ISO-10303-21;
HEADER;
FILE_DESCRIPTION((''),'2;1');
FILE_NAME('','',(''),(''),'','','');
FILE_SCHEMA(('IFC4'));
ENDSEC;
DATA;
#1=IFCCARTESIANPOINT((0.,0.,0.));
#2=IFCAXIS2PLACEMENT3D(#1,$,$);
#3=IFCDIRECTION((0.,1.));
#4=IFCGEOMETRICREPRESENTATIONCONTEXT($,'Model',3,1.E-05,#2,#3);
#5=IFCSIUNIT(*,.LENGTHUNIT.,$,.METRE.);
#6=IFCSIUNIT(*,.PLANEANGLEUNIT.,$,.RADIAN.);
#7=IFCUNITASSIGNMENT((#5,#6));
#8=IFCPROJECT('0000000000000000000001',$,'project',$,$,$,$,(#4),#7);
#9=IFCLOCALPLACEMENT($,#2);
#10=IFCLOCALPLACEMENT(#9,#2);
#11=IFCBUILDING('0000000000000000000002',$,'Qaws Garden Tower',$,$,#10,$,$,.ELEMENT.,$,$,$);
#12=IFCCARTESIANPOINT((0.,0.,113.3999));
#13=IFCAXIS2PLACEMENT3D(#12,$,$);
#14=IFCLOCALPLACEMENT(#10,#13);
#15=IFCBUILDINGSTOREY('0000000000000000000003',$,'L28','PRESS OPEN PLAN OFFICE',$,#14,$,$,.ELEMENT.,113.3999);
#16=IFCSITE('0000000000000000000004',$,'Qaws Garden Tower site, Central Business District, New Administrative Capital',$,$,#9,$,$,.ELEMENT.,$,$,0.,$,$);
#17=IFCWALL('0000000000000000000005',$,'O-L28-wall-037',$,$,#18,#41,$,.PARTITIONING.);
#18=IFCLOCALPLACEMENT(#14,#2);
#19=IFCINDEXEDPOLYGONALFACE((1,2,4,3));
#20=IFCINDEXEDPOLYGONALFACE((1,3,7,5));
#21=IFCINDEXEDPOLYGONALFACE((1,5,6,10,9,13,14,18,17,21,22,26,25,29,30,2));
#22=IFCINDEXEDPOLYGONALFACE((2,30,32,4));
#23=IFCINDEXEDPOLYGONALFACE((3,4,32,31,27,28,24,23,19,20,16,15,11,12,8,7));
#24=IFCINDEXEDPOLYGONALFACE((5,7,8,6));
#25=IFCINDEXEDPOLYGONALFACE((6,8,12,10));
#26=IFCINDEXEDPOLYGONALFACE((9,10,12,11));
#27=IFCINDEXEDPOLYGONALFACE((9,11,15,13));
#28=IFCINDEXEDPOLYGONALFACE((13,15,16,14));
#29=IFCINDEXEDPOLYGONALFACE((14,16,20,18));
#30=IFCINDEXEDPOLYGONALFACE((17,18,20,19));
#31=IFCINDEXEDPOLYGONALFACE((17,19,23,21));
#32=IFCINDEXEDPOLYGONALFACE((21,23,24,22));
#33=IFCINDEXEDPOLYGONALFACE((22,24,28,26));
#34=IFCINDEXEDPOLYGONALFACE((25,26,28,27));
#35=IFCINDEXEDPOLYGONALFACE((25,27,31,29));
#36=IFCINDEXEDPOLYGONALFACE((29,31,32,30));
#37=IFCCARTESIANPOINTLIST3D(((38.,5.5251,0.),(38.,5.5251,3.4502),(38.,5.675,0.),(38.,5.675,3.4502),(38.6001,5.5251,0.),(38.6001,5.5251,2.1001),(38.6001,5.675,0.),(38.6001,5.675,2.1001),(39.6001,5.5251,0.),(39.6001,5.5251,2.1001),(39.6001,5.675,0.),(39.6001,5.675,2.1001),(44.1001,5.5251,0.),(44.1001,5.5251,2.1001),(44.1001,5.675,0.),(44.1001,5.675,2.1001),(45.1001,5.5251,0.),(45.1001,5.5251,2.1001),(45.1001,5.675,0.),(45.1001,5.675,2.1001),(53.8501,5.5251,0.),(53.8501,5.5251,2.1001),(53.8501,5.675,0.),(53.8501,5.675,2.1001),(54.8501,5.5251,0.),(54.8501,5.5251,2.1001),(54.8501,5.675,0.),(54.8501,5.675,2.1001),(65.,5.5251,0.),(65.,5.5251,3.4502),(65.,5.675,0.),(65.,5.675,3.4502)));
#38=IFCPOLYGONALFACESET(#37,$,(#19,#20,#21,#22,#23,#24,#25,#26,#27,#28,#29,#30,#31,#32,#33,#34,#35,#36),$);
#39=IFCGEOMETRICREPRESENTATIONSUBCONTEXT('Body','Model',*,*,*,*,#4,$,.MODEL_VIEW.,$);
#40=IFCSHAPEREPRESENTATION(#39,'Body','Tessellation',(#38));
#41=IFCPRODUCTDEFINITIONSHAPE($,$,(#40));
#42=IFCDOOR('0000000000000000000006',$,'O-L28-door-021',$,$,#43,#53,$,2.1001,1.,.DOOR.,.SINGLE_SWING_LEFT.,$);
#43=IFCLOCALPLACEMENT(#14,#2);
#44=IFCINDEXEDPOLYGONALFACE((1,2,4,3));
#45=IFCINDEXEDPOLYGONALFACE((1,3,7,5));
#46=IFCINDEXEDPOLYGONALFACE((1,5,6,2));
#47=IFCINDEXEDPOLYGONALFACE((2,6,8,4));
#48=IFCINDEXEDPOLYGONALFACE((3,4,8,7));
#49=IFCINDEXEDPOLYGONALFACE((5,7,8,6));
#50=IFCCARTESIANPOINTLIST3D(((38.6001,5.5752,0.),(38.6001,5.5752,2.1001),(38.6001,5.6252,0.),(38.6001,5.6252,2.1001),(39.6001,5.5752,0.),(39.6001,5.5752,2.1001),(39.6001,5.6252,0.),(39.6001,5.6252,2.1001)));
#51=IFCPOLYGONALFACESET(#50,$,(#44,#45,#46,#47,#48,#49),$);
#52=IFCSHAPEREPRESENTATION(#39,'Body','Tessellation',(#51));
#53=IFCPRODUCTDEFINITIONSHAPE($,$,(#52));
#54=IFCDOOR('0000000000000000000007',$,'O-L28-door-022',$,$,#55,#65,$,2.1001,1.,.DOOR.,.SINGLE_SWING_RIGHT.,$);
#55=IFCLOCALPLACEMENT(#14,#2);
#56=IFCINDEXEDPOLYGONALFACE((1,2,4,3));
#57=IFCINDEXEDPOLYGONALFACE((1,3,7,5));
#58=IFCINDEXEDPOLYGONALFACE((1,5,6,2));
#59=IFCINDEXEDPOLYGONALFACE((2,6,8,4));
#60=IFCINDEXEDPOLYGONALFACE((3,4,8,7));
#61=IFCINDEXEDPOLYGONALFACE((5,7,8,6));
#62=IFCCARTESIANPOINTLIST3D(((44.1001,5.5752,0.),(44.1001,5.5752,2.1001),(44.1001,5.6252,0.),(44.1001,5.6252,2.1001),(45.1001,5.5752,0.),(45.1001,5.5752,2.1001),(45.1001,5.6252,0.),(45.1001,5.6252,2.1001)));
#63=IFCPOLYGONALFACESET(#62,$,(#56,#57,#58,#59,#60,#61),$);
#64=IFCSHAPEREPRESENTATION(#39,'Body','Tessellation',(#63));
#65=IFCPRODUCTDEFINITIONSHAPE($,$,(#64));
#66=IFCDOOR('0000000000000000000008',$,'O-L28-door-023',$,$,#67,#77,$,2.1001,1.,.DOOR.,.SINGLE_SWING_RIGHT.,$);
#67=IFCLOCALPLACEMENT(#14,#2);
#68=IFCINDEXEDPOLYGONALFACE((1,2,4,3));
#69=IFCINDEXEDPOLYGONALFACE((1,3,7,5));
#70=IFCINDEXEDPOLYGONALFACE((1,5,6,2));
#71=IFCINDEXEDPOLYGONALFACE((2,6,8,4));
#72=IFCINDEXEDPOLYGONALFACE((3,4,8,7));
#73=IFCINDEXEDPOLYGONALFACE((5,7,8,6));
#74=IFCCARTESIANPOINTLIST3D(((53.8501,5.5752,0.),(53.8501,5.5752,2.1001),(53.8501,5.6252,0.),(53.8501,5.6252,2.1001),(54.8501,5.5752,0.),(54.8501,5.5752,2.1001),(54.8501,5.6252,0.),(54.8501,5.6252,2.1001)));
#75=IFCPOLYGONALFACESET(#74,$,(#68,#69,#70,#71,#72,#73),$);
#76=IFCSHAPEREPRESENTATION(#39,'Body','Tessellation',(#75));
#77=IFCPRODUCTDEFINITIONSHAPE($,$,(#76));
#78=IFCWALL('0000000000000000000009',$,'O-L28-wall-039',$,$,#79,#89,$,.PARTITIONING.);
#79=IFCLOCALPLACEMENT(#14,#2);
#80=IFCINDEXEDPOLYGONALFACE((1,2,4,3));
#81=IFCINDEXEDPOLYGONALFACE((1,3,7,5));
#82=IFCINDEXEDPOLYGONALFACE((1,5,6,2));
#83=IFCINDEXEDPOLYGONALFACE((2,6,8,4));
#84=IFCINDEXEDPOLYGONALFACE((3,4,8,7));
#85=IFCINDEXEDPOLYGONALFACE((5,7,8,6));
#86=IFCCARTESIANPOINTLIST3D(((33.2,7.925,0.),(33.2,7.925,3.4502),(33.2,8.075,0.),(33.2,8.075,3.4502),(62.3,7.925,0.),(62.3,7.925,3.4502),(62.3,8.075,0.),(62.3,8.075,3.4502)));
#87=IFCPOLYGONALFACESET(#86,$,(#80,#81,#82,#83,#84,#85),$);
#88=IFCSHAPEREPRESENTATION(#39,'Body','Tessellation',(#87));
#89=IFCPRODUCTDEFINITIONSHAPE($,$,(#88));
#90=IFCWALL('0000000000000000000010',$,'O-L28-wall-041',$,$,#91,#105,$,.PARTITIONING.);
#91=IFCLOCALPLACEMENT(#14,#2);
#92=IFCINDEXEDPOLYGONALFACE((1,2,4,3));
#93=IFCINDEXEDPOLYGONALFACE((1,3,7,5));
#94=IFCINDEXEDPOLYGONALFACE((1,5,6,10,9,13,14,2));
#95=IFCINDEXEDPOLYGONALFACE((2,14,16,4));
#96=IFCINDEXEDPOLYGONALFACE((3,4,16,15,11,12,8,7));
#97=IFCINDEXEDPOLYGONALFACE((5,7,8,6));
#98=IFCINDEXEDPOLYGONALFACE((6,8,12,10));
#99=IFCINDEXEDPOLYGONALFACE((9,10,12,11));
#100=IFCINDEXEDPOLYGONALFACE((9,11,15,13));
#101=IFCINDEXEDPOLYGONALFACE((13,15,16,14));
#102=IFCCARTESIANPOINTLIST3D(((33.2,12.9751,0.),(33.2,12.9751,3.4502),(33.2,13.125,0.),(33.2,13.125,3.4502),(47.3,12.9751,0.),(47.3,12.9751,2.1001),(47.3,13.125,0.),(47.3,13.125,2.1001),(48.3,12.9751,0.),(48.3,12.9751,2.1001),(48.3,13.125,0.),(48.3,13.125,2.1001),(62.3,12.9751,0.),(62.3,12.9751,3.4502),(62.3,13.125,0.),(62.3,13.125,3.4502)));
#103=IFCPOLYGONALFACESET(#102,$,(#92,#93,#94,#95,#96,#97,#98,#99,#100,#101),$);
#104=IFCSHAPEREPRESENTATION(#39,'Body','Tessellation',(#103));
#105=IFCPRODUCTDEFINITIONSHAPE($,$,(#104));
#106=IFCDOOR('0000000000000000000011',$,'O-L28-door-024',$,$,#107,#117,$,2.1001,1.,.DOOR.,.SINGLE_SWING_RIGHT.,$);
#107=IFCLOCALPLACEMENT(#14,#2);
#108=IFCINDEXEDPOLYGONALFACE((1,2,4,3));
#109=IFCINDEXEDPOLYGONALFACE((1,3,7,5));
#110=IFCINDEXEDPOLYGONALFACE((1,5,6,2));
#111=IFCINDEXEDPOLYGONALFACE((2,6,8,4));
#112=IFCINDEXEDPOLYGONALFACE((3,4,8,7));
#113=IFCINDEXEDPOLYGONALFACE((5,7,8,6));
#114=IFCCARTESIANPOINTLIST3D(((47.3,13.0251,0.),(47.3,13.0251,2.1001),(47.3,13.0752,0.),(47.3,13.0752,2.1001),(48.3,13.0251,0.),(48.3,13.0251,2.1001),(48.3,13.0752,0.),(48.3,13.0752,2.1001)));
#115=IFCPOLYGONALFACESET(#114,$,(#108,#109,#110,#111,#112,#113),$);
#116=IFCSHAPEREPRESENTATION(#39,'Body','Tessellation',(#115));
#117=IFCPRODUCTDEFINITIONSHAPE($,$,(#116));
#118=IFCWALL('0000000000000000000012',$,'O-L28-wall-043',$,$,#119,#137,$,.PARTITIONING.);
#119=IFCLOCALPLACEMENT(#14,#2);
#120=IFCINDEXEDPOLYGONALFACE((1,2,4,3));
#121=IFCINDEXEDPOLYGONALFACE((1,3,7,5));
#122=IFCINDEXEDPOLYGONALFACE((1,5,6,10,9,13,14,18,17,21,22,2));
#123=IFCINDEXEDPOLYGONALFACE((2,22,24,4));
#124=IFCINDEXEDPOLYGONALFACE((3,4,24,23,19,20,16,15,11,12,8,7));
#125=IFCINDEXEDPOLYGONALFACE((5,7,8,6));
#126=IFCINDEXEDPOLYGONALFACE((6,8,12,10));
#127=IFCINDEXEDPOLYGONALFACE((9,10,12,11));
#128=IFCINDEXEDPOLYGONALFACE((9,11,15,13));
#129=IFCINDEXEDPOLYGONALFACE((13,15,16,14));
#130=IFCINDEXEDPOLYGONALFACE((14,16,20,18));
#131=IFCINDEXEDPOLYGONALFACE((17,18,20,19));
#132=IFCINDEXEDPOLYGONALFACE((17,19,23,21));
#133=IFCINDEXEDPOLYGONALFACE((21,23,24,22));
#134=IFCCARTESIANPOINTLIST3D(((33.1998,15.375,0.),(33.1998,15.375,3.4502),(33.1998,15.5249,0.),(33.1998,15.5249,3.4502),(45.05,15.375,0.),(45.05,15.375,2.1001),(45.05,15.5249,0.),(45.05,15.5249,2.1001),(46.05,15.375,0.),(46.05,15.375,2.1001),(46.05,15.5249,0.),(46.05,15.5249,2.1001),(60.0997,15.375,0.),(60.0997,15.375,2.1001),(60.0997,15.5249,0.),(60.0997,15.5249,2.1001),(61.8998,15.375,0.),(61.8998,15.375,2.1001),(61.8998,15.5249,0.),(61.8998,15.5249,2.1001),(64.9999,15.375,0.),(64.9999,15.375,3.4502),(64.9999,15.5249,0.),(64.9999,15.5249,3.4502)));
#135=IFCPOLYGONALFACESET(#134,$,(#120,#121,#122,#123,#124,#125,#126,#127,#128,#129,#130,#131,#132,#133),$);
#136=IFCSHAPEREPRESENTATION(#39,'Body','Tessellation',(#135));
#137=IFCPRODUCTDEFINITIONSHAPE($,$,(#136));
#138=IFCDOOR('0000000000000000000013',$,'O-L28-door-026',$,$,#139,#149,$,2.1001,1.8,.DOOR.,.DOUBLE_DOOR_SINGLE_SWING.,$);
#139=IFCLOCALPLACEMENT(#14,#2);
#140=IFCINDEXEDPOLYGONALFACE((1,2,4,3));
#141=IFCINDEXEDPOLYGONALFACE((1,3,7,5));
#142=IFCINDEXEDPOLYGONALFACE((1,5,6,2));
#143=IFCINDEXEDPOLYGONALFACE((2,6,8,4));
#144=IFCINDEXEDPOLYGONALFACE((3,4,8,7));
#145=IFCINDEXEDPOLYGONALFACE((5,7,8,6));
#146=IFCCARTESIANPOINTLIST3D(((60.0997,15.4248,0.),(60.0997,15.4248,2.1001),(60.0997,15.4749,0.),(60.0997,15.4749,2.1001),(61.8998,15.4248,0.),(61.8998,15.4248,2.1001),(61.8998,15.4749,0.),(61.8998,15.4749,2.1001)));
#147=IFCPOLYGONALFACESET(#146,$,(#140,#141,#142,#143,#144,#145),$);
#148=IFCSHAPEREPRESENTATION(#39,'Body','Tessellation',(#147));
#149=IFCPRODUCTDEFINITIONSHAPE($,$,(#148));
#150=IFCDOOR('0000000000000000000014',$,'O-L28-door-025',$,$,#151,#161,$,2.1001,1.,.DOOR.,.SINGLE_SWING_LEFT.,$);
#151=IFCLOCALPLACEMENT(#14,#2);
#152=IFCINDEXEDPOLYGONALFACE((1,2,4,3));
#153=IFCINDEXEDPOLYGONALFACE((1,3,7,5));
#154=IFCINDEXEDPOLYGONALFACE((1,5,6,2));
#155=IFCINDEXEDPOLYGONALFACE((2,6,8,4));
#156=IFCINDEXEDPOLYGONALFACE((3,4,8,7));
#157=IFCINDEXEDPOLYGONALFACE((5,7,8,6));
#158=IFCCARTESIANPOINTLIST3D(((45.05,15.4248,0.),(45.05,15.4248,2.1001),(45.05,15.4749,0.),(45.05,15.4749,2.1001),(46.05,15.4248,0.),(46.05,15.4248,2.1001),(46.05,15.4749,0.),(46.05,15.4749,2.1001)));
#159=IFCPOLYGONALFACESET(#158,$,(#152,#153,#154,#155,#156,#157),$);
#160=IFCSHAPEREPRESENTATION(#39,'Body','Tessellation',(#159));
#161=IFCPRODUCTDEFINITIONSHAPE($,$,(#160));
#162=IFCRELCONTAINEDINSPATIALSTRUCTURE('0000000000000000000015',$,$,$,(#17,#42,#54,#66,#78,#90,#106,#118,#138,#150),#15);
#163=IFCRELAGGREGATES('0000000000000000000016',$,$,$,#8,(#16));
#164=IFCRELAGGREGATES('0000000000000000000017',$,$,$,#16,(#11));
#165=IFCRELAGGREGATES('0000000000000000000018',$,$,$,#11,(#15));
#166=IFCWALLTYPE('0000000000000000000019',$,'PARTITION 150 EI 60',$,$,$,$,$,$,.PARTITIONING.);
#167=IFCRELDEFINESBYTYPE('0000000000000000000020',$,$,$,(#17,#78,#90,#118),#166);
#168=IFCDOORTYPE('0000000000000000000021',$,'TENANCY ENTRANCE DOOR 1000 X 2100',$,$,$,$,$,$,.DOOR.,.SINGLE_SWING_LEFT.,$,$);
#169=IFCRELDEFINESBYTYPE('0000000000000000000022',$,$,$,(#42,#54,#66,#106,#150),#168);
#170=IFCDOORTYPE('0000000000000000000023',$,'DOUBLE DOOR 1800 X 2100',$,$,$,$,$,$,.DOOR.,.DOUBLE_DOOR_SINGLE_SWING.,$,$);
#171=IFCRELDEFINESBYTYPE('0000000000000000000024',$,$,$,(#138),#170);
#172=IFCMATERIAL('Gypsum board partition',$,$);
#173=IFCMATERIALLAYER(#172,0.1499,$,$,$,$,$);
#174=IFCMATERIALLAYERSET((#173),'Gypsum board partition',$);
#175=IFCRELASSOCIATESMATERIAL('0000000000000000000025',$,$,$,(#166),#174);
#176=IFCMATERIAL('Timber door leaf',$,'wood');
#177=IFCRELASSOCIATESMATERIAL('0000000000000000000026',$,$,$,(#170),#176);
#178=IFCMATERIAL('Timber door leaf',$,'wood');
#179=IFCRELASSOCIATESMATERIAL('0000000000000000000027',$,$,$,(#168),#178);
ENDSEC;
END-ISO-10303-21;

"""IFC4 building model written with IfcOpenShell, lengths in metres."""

from ifc_helpers import new_model, si_unit, direction, frame, frame_2d, origin, place, context, subcontext, project, spatial, rectangle, extrude, material, layer, layer_set, type_object, element, fill, save


model = new_model("IFC4")

# Units and contexts
model_context = context("Model", 3, precision=1e-05, world=origin(), true_north=direction((0.0, 1.0)))
body_context = subcontext(model_context, "Body", "Model", "MODEL_VIEW")
ifc_project = project(units=[si_unit("LENGTHUNIT", "METRE"), si_unit("PLANEANGLEUNIT", "RADIAN")], contexts=[model_context])

# Site, building, storey
site_placement = place(None, origin())
site = spatial("IfcSite", under=ifc_project, at=site_placement, Name="Qaws Garden Tower site, Central Business District, New Administrative Capital", CompositionType="ELEMENT", RefElevation=0.0)
building_placement = place(site_placement, origin())
building = spatial("IfcBuilding", under=site, at=building_placement, Name="Qaws Garden Tower", CompositionType="ELEMENT")
storey_placement = place(building_placement, frame((0.0, 0.0, 113.3999)))
storey = spatial("IfcBuildingStorey", under=building, at=storey_placement, Name="L28", Description="PRESS OPEN PLAN OFFICE", CompositionType="ELEMENT", Elevation=113.3999)

# Shared definitions
ifc_material_1 = material(Name="Gypsum board partition")
ifc_layer_1 = layer(ifc_material_1, 0.1499)
ifc_layer_set_1 = layer_set([ifc_layer_1], Name="Gypsum board partition")
wall_type_1 = type_object("IfcWallType", Name="PARTITION 150 EI 60", PredefinedType="PARTITIONING", material=ifc_layer_set_1)

# Shared definitions
ifc_material_2 = material(Name="Timber door leaf", Category="wood")
door_type_1 = type_object("IfcDoorType", Name="DOUBLE DOOR 1800 X 2100", OperationType="DOUBLE_DOOR_SINGLE_SWING", PredefinedType="DOOR", material=ifc_material_2)

# Wall, openings, doors
wall_1_placement = place(storey_placement, frame((38.0, 5.6001, 0.0), z_axis=(0.0, 0.0, 1.0), x_axis=(1.0, 0.0, 0.0)))
wall_1 = element("IfcWall", 1, at=wall_1_placement, inside=storey, type_object=wall_type_1, Name="O-L28-wall-037", PredefinedType="PARTITIONING", context=body_context, shape_type="SweptSolid", body=[
    extrude(rectangle(XDim=27.0, YDim=0.1499, at=frame_2d((13.5, 0.0))), origin(), (0.0, 0.0, 1.0), 3.4502),
])
opening_1_placement = place(wall_1_placement, frame((0.6001, 0.0, 0.0)))
opening_1 = element("IfcOpeningElement", 2, at=opening_1_placement, cuts=wall_1, PredefinedType="OPENING", context=body_context, shape_type="SweptSolid", body=[
    extrude(rectangle(XDim=1.0, YDim=2.1001, at=frame_2d((0.5, 1.05))), frame((0.0, 0.085, 0.0), z_axis=(0.0, -1.0, 0.0), x_axis=(1.0, 0.0, 0.0)), (0.0, 0.0, 1.0), 0.1699),
])
opening_2_placement = place(wall_1_placement, frame((6.1001, 0.0, 0.0)))
opening_2 = element("IfcOpeningElement", 3, at=opening_2_placement, cuts=wall_1, PredefinedType="OPENING", context=body_context, shape_type="SweptSolid", body=[
    extrude(rectangle(XDim=1.0, YDim=2.1001, at=frame_2d((0.5, 1.05))), frame((0.0, 0.085, 0.0), z_axis=(0.0, -1.0, 0.0), x_axis=(1.0, 0.0, 0.0)), (0.0, 0.0, 1.0), 0.1699),
])
opening_3_placement = place(wall_1_placement, frame((15.8501, 0.0, 0.0)))
opening_3 = element("IfcOpeningElement", 4, at=opening_3_placement, cuts=wall_1, PredefinedType="OPENING", context=body_context, shape_type="SweptSolid", body=[
    extrude(rectangle(XDim=1.0, YDim=2.1001, at=frame_2d((0.5, 1.05))), frame((0.0, 0.085, 0.0), z_axis=(0.0, -1.0, 0.0), x_axis=(1.0, 0.0, 0.0)), (0.0, 0.0, 1.0), 0.1699),
])
ifc_material_3 = material(Name="Timber door leaf", Category="wood")
door_type_2 = type_object("IfcDoorType", Name="TENANCY ENTRANCE DOOR 1000 X 2100", OperationType="SINGLE_SWING_LEFT", PredefinedType="DOOR", material=ifc_material_3)
door_1_placement = place(opening_1_placement, frame((1.0, 0.0, 0.0), z_axis=(0.0, 0.0, 1.0), x_axis=(-1.0, 0.0, 0.0)))
door_1 = element("IfcDoor", 5, at=door_1_placement, inside=storey, type_object=door_type_2, Name="O-L28-door-021", OperationType="SINGLE_SWING_LEFT", OverallHeight=2.1001, OverallWidth=1.0, PredefinedType="DOOR", context=body_context, shape_type="SweptSolid", body=[
    extrude(rectangle(XDim=1.0, YDim=2.1001, at=frame_2d((0.5, 1.05))), frame((0.0, 0.0249, 0.0), z_axis=(0.0, -1.0, 0.0), x_axis=(1.0, 0.0, 0.0)), (0.0, 0.0, 1.0), 0.05),
])
fill(opening_1, door_1)
door_2_placement = place(opening_2_placement, frame((1.0, 0.0, 0.0), z_axis=(0.0, 0.0, 1.0), x_axis=(-1.0, 0.0, 0.0)))
door_2 = element("IfcDoor", 6, at=door_2_placement, inside=storey, type_object=door_type_2, Name="O-L28-door-022", OperationType="SINGLE_SWING_RIGHT", OverallHeight=2.1001, OverallWidth=1.0, PredefinedType="DOOR", context=body_context, shape_type="SweptSolid", body=[
    extrude(rectangle(XDim=1.0, YDim=2.1001, at=frame_2d((0.5, 1.05))), frame((0.0, 0.0249, 0.0), z_axis=(0.0, -1.0, 0.0), x_axis=(1.0, 0.0, 0.0)), (0.0, 0.0, 1.0), 0.05),
])
fill(opening_2, door_2)
door_3_placement = place(opening_3_placement, frame((1.0, 0.0, 0.0), z_axis=(0.0, 0.0, 1.0), x_axis=(-1.0, 0.0, 0.0)))
door_3 = element("IfcDoor", 7, at=door_3_placement, inside=storey, type_object=door_type_2, Name="O-L28-door-023", OperationType="SINGLE_SWING_RIGHT", OverallHeight=2.1001, OverallWidth=1.0, PredefinedType="DOOR", context=body_context, shape_type="SweptSolid", body=[
    extrude(rectangle(XDim=1.0, YDim=2.1001, at=frame_2d((0.5, 1.05))), frame((0.0, 0.0249, 0.0), z_axis=(0.0, -1.0, 0.0), x_axis=(1.0, 0.0, 0.0)), (0.0, 0.0, 1.0), 0.05),
])
fill(opening_3, door_3)

# Wall
wall_2_placement = place(storey_placement, frame((33.2, 8.0, 0.0), z_axis=(0.0, 0.0, 1.0), x_axis=(1.0, 0.0, 0.0)))
element("IfcWall", 8, at=wall_2_placement, inside=storey, type_object=wall_type_1, Name="O-L28-wall-039", PredefinedType="PARTITIONING", context=body_context, shape_type="SweptSolid", body=[
    extrude(rectangle(XDim=29.1001, YDim=0.1499, at=frame_2d((14.55, 0.0))), origin(), (0.0, 0.0, 1.0), 3.4502),
])

# Wall, opening, door
wall_3_placement = place(storey_placement, frame((33.2, 13.05, 0.0), z_axis=(0.0, 0.0, 1.0), x_axis=(1.0, 0.0, 0.0)))
wall_3 = element("IfcWall", 9, at=wall_3_placement, inside=storey, type_object=wall_type_1, Name="O-L28-wall-041", PredefinedType="PARTITIONING", context=body_context, shape_type="SweptSolid", body=[
    extrude(rectangle(XDim=29.1001, YDim=0.1499, at=frame_2d((14.55, 0.0))), origin(), (0.0, 0.0, 1.0), 3.4502),
])
opening_4_placement = place(wall_3_placement, frame((14.1001, 0.0, 0.0)))
opening_4 = element("IfcOpeningElement", 10, at=opening_4_placement, cuts=wall_3, PredefinedType="OPENING", context=body_context, shape_type="SweptSolid", body=[
    extrude(rectangle(XDim=1.0, YDim=2.1001, at=frame_2d((0.5, 1.05))), frame((0.0, 0.085, 0.0), z_axis=(0.0, -1.0, 0.0), x_axis=(1.0, 0.0, 0.0)), (0.0, 0.0, 1.0), 0.1699),
])
door_4_placement = place(opening_4_placement, frame((1.0, 0.0, 0.0), z_axis=(0.0, 0.0, 1.0), x_axis=(-1.0, 0.0, 0.0)))
door_4 = element("IfcDoor", 11, at=door_4_placement, inside=storey, type_object=door_type_2, Name="O-L28-door-024", OperationType="SINGLE_SWING_RIGHT", OverallHeight=2.1001, OverallWidth=1.0, PredefinedType="DOOR", context=body_context, shape_type="SweptSolid", body=[
    extrude(rectangle(XDim=1.0, YDim=2.1001, at=frame_2d((0.5, 1.05))), frame((0.0, 0.0249, 0.0), z_axis=(0.0, -1.0, 0.0), x_axis=(1.0, 0.0, 0.0)), (0.0, 0.0, 1.0), 0.05),
])
fill(opening_4, door_4)

# Wall, openings, doors
wall_4_placement = place(storey_placement, frame((33.2, 15.45, 0.0), z_axis=(0.0, 0.0, 1.0), x_axis=(1.0, 0.0, 0.0)))
wall_4 = element("IfcWall", 12, at=wall_4_placement, inside=storey, type_object=wall_type_1, Name="O-L28-wall-043", PredefinedType="PARTITIONING", context=body_context, shape_type="SweptSolid", body=[
    extrude(rectangle(XDim=31.8, YDim=0.1499, at=frame_2d((15.8999, 0.0))), origin(), (0.0, 0.0, 1.0), 3.4502),
])
opening_5_placement = place(wall_4_placement, frame((11.8501, 0.0, 0.0)))
opening_5 = element("IfcOpeningElement", 13, at=opening_5_placement, cuts=wall_4, PredefinedType="OPENING", context=body_context, shape_type="SweptSolid", body=[
    extrude(rectangle(XDim=1.0, YDim=2.1001, at=frame_2d((0.5, 1.05))), frame((0.0, 0.085, 0.0), z_axis=(0.0, -1.0, 0.0), x_axis=(1.0, 0.0, 0.0)), (0.0, 0.0, 1.0), 0.1699),
])
opening_6_placement = place(wall_4_placement, frame((26.8999, 0.0, 0.0)))
opening_6 = element("IfcOpeningElement", 14, at=opening_6_placement, cuts=wall_4, PredefinedType="OPENING", context=body_context, shape_type="SweptSolid", body=[
    extrude(rectangle(XDim=1.8, YDim=2.1001, at=frame_2d((0.8999, 1.05))), frame((0.0, 0.085, 0.0), z_axis=(0.0, -1.0, 0.0), x_axis=(1.0, 0.0, 0.0)), (0.0, 0.0, 1.0), 0.1699),
])
door_5_placement = place(opening_6_placement, origin())
door_5 = element("IfcDoor", 15, at=door_5_placement, inside=storey, type_object=door_type_1, Name="O-L28-door-026", OperationType="DOUBLE_DOOR_SINGLE_SWING", OverallHeight=2.1001, OverallWidth=1.8, PredefinedType="DOOR", context=body_context, shape_type="SweptSolid", body=[
    extrude(rectangle(XDim=1.8, YDim=2.1001, at=frame_2d((0.8999, 1.05))), frame((0.0, 0.0249, 0.0), z_axis=(0.0, -1.0, 0.0), x_axis=(1.0, 0.0, 0.0)), (0.0, 0.0, 1.0), 0.05),
])
fill(opening_6, door_5)
door_6_placement = place(opening_5_placement, origin())
door_6 = element("IfcDoor", 16, at=door_6_placement, inside=storey, type_object=door_type_2, Name="O-L28-door-025", OperationType="SINGLE_SWING_LEFT", OverallHeight=2.1001, OverallWidth=1.0, PredefinedType="DOOR", context=body_context, shape_type="SweptSolid", body=[
    extrude(rectangle(XDim=1.0, YDim=2.1001, at=frame_2d((0.5, 1.05))), frame((0.0, 0.0249, 0.0), z_axis=(0.0, -1.0, 0.0), x_axis=(1.0, 0.0, 0.0)), (0.0, 0.0, 1.0), 0.05),
])
fill(opening_5, door_6)

save(model, "model.ifc")
